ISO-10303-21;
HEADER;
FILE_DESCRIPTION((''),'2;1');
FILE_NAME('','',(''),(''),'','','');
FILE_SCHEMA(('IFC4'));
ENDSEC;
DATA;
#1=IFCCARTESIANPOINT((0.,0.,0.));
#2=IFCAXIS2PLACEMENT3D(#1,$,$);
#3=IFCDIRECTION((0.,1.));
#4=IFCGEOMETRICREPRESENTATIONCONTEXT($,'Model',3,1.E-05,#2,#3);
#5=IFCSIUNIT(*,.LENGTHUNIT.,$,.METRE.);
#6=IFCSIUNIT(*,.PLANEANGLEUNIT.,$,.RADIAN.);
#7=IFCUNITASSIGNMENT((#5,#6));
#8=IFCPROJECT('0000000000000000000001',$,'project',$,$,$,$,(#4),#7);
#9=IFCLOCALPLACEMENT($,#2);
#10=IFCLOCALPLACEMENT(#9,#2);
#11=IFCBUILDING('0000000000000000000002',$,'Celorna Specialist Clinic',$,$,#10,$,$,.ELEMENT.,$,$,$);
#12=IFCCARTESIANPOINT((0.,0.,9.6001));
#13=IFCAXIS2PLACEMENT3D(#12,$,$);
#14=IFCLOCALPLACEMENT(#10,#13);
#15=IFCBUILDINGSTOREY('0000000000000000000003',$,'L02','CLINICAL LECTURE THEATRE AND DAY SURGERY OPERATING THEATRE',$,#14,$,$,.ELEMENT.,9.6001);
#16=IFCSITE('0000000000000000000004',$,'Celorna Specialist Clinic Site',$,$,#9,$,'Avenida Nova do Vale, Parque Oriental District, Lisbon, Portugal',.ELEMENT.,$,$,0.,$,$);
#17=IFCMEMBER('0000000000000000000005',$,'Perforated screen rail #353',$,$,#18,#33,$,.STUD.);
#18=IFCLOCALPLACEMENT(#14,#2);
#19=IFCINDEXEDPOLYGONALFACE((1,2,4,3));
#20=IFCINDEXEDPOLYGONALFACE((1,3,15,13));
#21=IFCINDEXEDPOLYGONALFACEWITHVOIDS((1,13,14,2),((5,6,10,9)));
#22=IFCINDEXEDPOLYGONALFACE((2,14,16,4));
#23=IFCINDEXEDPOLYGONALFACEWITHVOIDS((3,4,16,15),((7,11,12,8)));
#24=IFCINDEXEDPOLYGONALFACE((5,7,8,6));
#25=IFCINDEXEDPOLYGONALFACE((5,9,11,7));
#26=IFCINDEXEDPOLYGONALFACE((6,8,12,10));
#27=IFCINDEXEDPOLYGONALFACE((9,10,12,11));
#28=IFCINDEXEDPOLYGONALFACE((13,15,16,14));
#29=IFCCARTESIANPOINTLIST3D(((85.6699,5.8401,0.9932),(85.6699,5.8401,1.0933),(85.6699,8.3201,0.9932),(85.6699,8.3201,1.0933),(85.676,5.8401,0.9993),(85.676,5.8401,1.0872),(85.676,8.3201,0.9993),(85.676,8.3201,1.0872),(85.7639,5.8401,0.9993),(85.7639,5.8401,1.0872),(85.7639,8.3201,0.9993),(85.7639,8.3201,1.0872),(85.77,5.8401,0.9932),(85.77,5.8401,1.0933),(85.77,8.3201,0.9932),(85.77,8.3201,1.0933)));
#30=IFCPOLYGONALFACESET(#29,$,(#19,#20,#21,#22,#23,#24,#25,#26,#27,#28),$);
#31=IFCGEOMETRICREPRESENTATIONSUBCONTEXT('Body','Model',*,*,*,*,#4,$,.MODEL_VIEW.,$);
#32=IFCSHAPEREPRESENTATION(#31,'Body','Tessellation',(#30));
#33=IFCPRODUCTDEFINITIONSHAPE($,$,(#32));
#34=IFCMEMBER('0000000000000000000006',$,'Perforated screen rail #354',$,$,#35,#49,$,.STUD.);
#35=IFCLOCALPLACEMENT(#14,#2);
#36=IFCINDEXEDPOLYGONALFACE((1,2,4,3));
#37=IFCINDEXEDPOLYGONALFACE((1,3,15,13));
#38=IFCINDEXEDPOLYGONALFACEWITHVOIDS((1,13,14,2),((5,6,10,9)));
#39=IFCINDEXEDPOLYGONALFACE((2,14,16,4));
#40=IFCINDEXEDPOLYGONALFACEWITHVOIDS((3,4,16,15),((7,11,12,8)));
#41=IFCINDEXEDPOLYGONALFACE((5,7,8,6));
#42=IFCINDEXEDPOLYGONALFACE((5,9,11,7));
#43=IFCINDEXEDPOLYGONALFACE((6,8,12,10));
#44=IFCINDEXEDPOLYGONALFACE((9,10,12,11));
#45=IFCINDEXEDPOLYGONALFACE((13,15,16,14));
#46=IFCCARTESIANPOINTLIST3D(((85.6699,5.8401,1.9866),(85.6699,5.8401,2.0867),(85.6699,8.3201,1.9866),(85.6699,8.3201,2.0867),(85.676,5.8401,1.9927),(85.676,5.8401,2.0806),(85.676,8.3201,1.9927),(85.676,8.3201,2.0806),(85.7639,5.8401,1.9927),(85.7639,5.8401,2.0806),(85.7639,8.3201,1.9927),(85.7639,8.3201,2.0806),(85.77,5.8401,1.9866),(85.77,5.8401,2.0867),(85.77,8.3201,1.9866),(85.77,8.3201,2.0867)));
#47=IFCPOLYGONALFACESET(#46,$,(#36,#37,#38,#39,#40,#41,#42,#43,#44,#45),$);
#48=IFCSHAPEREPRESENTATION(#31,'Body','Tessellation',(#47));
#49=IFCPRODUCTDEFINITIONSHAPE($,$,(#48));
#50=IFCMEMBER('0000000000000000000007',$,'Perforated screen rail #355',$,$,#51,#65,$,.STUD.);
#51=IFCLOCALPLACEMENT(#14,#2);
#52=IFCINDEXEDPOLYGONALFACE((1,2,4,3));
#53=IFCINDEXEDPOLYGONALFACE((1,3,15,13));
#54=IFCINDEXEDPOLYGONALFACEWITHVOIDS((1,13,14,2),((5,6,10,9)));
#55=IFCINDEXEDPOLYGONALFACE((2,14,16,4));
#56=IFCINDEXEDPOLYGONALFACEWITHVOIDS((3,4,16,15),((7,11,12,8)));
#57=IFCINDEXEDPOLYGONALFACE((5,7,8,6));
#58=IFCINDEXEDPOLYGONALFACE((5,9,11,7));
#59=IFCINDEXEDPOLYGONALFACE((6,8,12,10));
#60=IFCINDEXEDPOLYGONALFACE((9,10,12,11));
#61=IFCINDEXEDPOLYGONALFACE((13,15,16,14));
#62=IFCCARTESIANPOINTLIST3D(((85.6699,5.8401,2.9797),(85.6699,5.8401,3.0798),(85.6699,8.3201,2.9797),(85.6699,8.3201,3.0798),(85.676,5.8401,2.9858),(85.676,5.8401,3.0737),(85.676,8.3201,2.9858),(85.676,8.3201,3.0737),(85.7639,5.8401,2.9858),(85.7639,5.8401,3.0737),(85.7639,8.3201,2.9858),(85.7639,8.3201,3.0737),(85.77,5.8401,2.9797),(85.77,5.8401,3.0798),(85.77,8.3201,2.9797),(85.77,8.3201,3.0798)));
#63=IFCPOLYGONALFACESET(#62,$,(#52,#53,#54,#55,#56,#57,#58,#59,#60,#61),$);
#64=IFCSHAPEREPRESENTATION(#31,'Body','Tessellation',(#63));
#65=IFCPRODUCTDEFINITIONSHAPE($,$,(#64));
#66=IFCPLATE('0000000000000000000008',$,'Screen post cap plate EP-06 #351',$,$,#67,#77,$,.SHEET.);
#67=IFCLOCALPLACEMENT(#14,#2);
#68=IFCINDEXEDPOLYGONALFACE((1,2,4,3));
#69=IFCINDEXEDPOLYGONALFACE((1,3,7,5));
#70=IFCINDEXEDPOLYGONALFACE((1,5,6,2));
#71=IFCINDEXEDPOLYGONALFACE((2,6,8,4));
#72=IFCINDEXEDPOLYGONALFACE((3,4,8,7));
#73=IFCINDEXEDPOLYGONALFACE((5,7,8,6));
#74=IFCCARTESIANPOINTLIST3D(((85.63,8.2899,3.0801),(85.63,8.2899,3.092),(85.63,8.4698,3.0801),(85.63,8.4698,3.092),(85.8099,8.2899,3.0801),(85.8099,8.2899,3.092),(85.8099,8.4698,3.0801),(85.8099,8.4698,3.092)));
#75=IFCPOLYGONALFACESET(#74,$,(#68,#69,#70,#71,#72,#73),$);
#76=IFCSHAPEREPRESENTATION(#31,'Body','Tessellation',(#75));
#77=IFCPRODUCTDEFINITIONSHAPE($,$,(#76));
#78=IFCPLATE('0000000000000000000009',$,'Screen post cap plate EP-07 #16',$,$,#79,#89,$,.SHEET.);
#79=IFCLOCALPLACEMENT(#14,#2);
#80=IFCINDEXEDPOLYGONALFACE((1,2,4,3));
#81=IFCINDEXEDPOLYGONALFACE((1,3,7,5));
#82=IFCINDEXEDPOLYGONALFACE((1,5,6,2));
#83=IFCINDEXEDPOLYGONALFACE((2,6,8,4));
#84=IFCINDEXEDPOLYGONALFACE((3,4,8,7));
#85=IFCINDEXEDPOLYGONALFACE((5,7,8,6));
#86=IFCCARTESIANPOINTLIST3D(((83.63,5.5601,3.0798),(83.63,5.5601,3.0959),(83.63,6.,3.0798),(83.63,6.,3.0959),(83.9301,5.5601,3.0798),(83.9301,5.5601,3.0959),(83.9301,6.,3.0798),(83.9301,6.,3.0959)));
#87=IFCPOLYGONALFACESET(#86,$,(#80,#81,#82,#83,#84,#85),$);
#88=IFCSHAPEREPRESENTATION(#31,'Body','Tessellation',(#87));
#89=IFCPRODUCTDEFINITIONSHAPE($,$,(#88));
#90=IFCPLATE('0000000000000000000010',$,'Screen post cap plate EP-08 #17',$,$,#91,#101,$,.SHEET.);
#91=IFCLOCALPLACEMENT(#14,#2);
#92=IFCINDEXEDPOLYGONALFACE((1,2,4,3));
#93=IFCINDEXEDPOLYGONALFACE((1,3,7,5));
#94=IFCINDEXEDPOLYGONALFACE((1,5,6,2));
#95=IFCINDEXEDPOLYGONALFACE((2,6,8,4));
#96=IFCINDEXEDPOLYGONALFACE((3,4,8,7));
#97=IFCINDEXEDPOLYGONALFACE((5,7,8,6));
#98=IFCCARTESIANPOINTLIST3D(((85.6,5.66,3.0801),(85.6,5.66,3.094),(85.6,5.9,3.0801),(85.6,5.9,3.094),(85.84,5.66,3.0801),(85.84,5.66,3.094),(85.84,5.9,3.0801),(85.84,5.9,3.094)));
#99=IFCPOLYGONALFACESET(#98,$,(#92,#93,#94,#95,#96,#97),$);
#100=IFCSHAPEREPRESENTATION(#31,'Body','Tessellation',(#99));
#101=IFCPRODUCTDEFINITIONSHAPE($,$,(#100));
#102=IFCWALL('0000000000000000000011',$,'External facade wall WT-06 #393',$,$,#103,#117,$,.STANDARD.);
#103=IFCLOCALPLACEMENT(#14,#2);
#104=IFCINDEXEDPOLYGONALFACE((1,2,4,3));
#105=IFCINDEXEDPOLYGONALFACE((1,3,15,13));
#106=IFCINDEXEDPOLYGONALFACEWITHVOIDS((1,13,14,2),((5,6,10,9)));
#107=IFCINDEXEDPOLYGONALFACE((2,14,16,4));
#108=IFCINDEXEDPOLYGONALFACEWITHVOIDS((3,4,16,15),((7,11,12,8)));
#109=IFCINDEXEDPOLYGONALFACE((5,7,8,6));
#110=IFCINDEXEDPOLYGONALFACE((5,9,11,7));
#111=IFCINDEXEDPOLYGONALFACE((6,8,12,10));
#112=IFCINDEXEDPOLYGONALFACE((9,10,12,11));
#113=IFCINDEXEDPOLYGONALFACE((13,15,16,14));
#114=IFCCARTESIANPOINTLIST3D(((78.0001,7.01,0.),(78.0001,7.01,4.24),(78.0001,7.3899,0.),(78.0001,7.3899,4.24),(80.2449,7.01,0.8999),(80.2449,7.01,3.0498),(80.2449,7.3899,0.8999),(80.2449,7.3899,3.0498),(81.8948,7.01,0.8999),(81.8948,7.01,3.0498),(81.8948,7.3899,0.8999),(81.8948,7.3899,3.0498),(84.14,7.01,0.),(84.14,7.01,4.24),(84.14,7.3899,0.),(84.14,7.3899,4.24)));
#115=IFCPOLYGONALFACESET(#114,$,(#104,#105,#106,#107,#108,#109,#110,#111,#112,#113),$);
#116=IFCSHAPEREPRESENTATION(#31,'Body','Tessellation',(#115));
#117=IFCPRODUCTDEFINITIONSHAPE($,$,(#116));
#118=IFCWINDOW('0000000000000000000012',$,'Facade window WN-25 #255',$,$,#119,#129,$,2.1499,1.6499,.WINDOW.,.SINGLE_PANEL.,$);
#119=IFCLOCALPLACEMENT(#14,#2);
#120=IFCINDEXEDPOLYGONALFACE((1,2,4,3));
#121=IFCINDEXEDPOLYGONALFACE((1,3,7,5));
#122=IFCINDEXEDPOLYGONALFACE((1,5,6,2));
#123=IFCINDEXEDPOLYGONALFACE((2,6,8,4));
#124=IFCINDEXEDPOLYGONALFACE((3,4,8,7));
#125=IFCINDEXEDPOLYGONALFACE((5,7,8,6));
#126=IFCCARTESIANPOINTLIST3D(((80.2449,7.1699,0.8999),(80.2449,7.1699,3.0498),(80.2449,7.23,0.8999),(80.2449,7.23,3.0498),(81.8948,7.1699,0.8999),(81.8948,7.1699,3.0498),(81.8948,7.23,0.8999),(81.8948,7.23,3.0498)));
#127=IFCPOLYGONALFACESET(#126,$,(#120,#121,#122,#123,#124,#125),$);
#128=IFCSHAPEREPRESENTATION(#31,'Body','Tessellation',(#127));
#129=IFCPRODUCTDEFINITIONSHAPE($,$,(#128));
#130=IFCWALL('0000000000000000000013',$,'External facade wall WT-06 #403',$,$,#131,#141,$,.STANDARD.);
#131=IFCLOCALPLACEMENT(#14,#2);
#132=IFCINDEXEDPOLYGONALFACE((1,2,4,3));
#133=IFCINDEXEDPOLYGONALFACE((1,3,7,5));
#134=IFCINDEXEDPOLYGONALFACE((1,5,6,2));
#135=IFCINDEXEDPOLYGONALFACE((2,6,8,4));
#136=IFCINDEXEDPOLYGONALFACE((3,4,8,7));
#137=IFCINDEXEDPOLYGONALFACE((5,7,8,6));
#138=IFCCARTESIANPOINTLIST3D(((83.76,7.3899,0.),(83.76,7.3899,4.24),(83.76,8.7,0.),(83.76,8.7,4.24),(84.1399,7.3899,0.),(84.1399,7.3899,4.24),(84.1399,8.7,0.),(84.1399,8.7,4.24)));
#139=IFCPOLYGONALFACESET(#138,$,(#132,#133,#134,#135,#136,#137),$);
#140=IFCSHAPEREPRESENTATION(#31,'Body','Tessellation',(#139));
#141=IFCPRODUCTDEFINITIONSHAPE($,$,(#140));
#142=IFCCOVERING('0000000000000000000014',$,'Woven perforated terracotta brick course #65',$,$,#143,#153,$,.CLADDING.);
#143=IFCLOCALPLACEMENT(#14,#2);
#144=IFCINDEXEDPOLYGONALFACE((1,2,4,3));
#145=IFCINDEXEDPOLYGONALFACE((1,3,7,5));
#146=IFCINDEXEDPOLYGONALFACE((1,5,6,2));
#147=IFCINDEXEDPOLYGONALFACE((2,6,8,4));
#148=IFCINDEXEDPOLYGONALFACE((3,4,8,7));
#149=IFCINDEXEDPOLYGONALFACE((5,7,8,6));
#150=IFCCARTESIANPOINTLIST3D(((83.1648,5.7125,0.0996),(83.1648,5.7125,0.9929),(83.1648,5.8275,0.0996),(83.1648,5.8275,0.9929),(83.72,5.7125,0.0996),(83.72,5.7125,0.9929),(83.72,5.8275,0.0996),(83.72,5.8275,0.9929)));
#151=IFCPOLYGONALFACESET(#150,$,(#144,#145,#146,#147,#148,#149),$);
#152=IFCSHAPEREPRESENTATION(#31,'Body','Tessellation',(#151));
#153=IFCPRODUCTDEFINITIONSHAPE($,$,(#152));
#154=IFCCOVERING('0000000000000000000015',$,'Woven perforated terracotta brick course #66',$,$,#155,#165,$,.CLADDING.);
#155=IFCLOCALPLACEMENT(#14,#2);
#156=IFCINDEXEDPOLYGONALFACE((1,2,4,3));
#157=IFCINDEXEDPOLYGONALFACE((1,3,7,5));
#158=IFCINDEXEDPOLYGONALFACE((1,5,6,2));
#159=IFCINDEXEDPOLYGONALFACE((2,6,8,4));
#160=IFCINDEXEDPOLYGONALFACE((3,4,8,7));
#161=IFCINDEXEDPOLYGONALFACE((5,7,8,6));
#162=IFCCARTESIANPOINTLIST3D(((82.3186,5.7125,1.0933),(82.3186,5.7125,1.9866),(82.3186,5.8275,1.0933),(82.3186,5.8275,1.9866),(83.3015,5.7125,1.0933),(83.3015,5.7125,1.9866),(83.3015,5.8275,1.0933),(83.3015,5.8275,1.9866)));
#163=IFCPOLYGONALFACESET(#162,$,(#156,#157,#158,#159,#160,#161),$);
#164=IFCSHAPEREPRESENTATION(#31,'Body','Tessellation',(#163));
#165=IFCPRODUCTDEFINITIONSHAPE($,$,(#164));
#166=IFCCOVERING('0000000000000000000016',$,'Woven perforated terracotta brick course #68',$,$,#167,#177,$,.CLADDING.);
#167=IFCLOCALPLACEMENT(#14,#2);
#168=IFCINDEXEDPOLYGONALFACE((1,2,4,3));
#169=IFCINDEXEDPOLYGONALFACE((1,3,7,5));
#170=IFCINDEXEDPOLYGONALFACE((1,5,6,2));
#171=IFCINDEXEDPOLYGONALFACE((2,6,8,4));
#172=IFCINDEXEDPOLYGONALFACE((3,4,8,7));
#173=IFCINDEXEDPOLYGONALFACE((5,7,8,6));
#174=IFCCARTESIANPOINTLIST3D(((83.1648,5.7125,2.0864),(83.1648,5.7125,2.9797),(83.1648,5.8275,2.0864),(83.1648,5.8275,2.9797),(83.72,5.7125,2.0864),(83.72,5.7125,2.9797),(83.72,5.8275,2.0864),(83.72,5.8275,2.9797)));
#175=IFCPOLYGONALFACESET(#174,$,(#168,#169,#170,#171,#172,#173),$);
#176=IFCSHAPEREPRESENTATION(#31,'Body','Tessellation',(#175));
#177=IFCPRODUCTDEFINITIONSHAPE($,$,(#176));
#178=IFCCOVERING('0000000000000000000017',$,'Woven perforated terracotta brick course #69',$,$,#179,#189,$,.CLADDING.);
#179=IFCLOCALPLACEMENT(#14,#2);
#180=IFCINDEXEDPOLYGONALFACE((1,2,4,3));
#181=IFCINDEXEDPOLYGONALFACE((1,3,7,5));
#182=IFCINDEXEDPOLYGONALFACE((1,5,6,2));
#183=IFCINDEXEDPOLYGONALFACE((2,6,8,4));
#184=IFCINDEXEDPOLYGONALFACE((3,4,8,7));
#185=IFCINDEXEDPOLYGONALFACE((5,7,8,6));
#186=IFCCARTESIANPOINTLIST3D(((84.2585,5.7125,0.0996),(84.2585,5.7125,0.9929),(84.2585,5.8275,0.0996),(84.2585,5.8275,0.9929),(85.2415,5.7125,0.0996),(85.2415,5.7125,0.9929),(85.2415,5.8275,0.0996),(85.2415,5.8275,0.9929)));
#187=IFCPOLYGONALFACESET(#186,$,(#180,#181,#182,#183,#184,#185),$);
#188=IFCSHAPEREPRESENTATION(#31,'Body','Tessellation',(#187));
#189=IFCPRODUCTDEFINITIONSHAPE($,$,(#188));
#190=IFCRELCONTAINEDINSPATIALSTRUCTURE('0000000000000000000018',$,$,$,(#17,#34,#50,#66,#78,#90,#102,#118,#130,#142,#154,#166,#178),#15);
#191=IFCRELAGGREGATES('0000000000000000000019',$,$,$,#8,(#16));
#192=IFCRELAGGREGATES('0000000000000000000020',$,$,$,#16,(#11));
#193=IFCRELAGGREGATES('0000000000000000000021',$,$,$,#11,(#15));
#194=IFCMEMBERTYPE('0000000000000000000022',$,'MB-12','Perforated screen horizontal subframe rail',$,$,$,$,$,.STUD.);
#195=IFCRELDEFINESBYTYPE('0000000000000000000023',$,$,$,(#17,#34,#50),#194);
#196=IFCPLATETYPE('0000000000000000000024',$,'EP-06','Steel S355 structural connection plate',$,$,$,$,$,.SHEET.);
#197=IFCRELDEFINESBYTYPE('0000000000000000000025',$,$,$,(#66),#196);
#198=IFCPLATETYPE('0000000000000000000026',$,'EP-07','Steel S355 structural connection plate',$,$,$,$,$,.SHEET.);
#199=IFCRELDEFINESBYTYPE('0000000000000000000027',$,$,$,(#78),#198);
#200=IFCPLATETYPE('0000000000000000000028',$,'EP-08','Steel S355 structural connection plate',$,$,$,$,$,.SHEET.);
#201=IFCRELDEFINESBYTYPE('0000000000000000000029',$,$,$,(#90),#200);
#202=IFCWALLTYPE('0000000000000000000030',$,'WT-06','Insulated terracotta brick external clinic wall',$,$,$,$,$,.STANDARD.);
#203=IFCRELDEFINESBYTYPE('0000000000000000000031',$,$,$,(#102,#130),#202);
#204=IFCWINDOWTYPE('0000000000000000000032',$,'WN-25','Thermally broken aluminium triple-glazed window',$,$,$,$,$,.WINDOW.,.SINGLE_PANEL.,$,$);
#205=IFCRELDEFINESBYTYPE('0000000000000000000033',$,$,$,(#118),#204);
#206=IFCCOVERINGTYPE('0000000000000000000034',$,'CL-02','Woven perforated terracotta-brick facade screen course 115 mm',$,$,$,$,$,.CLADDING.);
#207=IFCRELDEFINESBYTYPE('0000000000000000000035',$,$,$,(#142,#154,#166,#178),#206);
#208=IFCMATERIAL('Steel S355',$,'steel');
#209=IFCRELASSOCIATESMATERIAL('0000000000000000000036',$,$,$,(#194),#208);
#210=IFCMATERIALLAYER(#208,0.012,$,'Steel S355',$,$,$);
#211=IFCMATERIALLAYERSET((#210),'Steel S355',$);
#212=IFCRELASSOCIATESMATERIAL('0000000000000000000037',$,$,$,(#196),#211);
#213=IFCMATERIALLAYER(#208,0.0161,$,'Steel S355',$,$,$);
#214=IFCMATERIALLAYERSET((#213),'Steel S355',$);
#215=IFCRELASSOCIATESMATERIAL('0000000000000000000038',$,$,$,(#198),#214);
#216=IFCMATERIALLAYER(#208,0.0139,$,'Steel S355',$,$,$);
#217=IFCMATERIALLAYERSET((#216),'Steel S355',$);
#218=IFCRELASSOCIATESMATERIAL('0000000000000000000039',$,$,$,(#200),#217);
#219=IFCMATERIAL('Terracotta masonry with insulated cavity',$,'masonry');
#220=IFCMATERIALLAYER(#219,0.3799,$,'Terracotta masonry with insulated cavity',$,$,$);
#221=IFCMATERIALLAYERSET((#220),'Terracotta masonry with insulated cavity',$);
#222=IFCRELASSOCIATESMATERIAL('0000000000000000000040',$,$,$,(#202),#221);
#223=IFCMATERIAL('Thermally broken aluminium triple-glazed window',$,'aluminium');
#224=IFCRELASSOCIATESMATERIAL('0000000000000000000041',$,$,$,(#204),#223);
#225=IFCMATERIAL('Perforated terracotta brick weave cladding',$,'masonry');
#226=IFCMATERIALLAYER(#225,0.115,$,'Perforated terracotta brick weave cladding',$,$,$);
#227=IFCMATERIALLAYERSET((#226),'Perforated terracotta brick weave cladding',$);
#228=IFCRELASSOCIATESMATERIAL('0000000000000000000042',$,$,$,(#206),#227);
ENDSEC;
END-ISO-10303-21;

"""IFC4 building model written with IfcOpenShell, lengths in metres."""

from ifc_helpers import new_model, si_unit, direction, frame, frame_2d, origin, origin_2d, place, context, subcontext, project, spatial, rectangle, hollow_rectangle, extrude, material, layer, layer_set, material_profile, profile_set, type_object, element, fill, save


model = new_model("IFC4")

# Units and contexts
model_context = context("Model", 3, precision=1e-05, world=origin(), true_north=direction((0.0, 1.0)))
body_context = subcontext(model_context, "Body", "Model", "MODEL_VIEW")
ifc_project = project(units=[si_unit("LENGTHUNIT", "METRE"), si_unit("PLANEANGLEUNIT", "RADIAN")], contexts=[model_context])

# Site, building, storey
site_placement = place(None, origin())
site = spatial("IfcSite", under=ifc_project, at=site_placement, Name="Celorna Specialist Clinic Site", LongName="Avenida Nova do Vale, Parque Oriental District, Lisbon, Portugal", CompositionType="ELEMENT", RefElevation=0.0)
building_placement = place(site_placement, origin())
building = spatial("IfcBuilding", under=site, at=building_placement, Name="Celorna Specialist Clinic", CompositionType="ELEMENT")
storey_placement = place(building_placement, frame((0.0, 0.0, 9.6001)))
storey = spatial("IfcBuildingStorey", under=building, at=storey_placement, Name="L02", Description="CLINICAL LECTURE THEATRE AND DAY SURGERY OPERATING THEATRE", CompositionType="ELEMENT", Elevation=9.6001)

# Shared definitions
ifc_material_1 = material(Name="Steel S355", Category="steel")

# Members
ifc_material_profile_1 = material_profile(ifc_material_1, hollow_rectangle(XDim=0.1001, YDim=0.1001, WallThickness=0.0061, at=origin_2d()), Name="SHS 100x100x6")
ifc_profile_set_1 = profile_set([ifc_material_profile_1], Name="Steel S355")
member_type_1 = type_object("IfcMemberType", Name="MB-12", Description="Perforated screen horizontal subframe rail", PredefinedType="STUD", material=ifc_profile_set_1)
for number, where, z_axis, x_axis, name in (
    (1, (85.72, 5.8401, 1.0432), (0.0, 1.0, 0.0), (-1.0, 0.0, 0.0), "Perforated screen rail #353"),
    (2, (85.72, 5.8401, 2.0366), (0.0, 1.0, 0.0), (-1.0, 0.0, 0.0), "Perforated screen rail #354"),
    (3, (85.72, 5.8401, 3.0298), (0.0, 1.0, 0.0), (-1.0, 0.0, 0.0), "Perforated screen rail #355"),
):
    element("IfcMember", number, at=place(storey_placement, frame(where, z_axis=z_axis, x_axis=x_axis)), inside=storey, type_object=member_type_1, Name=name, PredefinedType="STUD", context=body_context, shape_type="SweptSolid", body=[
        extrude(hollow_rectangle(XDim=0.1001, YDim=0.1001, WallThickness=0.0061, at=origin_2d()), origin(), (0.0, 0.0, 1.0), 2.48),
    ])

# Plates
ifc_layer_1 = layer(ifc_material_1, 0.012, Name="Steel S355")
ifc_layer_set_1 = layer_set([ifc_layer_1], Name="Steel S355")
plate_type_1 = type_object("IfcPlateType", Name="EP-06", Description="Steel S355 structural connection plate", PredefinedType="SHEET", material=ifc_layer_set_1)
plate_1_placement = place(storey_placement, frame((85.72, 8.3799, 3.0801), z_axis=(0.0, 0.0, 1.0), x_axis=(0.0, 1.0, 0.0)))
element("IfcPlate", 4, at=plate_1_placement, inside=storey, type_object=plate_type_1, Name="Screen post cap plate EP-06 #351", PredefinedType="SHEET", context=body_context, shape_type="SweptSolid", body=[
    extrude(rectangle(XDim=0.1799, YDim=0.1799, at=origin_2d()), origin(), (0.0, 0.0, 1.0), 0.012),
])
ifc_layer_2 = layer(ifc_material_1, 0.0161, Name="Steel S355")
ifc_layer_set_2 = layer_set([ifc_layer_2], Name="Steel S355")
plate_type_2 = type_object("IfcPlateType", Name="EP-07", Description="Steel S355 structural connection plate", PredefinedType="SHEET", material=ifc_layer_set_2)
plate_2_placement = place(storey_placement, frame((83.78, 5.78, 3.0798), z_axis=(0.0, 0.0, 1.0), x_axis=(1.0, 0.0, 0.0)))
element("IfcPlate", 5, at=plate_2_placement, inside=storey, type_object=plate_type_2, Name="Screen post cap plate EP-07 #16", PredefinedType="SHEET", context=body_context, shape_type="SweptSolid", body=[
    extrude(rectangle(XDim=0.3, YDim=0.4399, at=origin_2d()), origin(), (0.0, 0.0, 1.0), 0.0161),
])
ifc_layer_3 = layer(ifc_material_1, 0.0139, Name="Steel S355")
ifc_layer_set_3 = layer_set([ifc_layer_3], Name="Steel S355")
plate_type_3 = type_object("IfcPlateType", Name="EP-08", Description="Steel S355 structural connection plate", PredefinedType="SHEET", material=ifc_layer_set_3)
plate_3_placement = place(storey_placement, frame((85.72, 5.78, 3.0801), z_axis=(0.0, 0.0, 1.0), x_axis=(1.0, 0.0, 0.0)))
element("IfcPlate", 6, at=plate_3_placement, inside=storey, type_object=plate_type_3, Name="Screen post cap plate EP-08 #17", PredefinedType="SHEET", context=body_context, shape_type="SweptSolid", body=[
    extrude(rectangle(XDim=0.24, YDim=0.24, at=origin_2d()), origin(), (0.0, 0.0, 1.0), 0.0139),
])

# Wall, opening, window
ifc_material_2 = material(Name="Terracotta masonry with insulated cavity", Category="masonry")
ifc_layer_4 = layer(ifc_material_2, 0.3799, Name="Terracotta masonry with insulated cavity")
ifc_layer_set_4 = layer_set([ifc_layer_4], Name="Terracotta masonry with insulated cavity")
wall_type = type_object("IfcWallType", Name="WT-06", Description="Insulated terracotta brick external clinic wall", PredefinedType="STANDARD", material=ifc_layer_set_4)
wall_1_placement = place(storey_placement, frame((84.1399, 7.2, 0.0), z_axis=(0.0, 0.0, 1.0), x_axis=(-1.0, 0.0, 0.0)))
wall_1 = element("IfcWall", 7, at=wall_1_placement, inside=storey, type_object=wall_type, Name="External facade wall WT-06 #393", PredefinedType="STANDARD", context=body_context, shape_type="SweptSolid", body=[
    extrude(rectangle(XDim=6.1399, YDim=0.3799, at=frame_2d((3.0698, 0.0))), origin(), (0.0, 0.0, 1.0), 4.24),
])
opening_placement = place(wall_1_placement, frame((2.2451, 0.0, 0.8999)))
opening = element("IfcOpeningElement", 8, at=opening_placement, cuts=wall_1, PredefinedType="OPENING", context=body_context, shape_type="SweptSolid", body=[
    extrude(rectangle(XDim=1.6499, YDim=2.1499, at=frame_2d((0.825, 1.075))), frame((0.0, 0.2, 0.0), z_axis=(0.0, -1.0, 0.0), x_axis=(1.0, 0.0, 0.0)), (0.0, 0.0, 1.0), 0.3999),
])
ifc_material_3 = material(Name="Thermally broken aluminium triple-glazed window", Category="aluminium")
window_type = type_object("IfcWindowType", Name="WN-25", Description="Thermally broken aluminium triple-glazed window", PartitioningType="SINGLE_PANEL", PredefinedType="WINDOW", material=ifc_material_3)
window_placement = place(opening_placement, origin())
window = element("IfcWindow", 9, at=window_placement, inside=storey, type_object=window_type, Name="Facade window WN-25 #255", OverallHeight=2.1499, OverallWidth=1.6499, PartitioningType="SINGLE_PANEL", PredefinedType="WINDOW", context=body_context, shape_type="SweptSolid", body=[
    extrude(rectangle(XDim=1.6499, YDim=2.1499, at=frame_2d((0.825, 1.075))), frame((0.0, 0.03, 0.0), z_axis=(0.0, -1.0, 0.0), x_axis=(1.0, 0.0, 0.0)), (0.0, 0.0, 1.0), 0.0601),
])
fill(opening, window)

# Wall
wall_2_placement = place(storey_placement, frame((83.95, 8.7, 0.0), z_axis=(0.0, 0.0, 1.0), x_axis=(0.0, -1.0, 0.0)))
element("IfcWall", 10, at=wall_2_placement, inside=storey, type_object=wall_type, Name="External facade wall WT-06 #403", PredefinedType="STANDARD", context=body_context, shape_type="SweptSolid", body=[
    extrude(rectangle(XDim=1.3101, YDim=0.3799, at=frame_2d((0.655, 0.0))), origin(), (0.0, 0.0, 1.0), 4.24),
])

# Coverings
ifc_material_4 = material(Name="Perforated terracotta brick weave cladding", Category="masonry")
ifc_layer_5 = layer(ifc_material_4, 0.115, Name="Perforated terracotta brick weave cladding")
ifc_layer_set_5 = layer_set([ifc_layer_5], Name="Perforated terracotta brick weave cladding")
covering_type = type_object("IfcCoveringType", Name="CL-02", Description="Woven perforated terracotta-brick facade screen course 115 mm", PredefinedType="CLADDING", material=ifc_layer_set_5)
covering_1_placement = place(storey_placement, frame((83.4424, 5.77, 0.0996), z_axis=(0.0, 0.0, 1.0), x_axis=(1.0, 0.0, 0.0)))
element("IfcCovering", 11, at=covering_1_placement, inside=storey, type_object=covering_type, Name="Woven perforated terracotta brick course #65", PredefinedType="CLADDING", context=body_context, shape_type="SweptSolid", body=[
    extrude(rectangle(XDim=0.5552, YDim=0.115, at=origin_2d()), origin(), (0.0, 0.0, 1.0), 0.8933),
])
covering_2_placement = place(storey_placement, frame((82.8101, 5.77, 1.0933), z_axis=(0.0, 0.0, 1.0), x_axis=(1.0, 0.0, 0.0)))
element("IfcCovering", 12, at=covering_2_placement, inside=storey, type_object=covering_type, Name="Woven perforated terracotta brick course #66", PredefinedType="CLADDING", context=body_context, shape_type="SweptSolid", body=[
    extrude(rectangle(XDim=0.9829, YDim=0.115, at=origin_2d()), origin(), (0.0, 0.0, 1.0), 0.8933),
])
covering_3_placement = place(storey_placement, frame((83.4424, 5.77, 2.0864), z_axis=(0.0, 0.0, 1.0), x_axis=(1.0, 0.0, 0.0)))
element("IfcCovering", 13, at=covering_3_placement, inside=storey, type_object=covering_type, Name="Woven perforated terracotta brick course #68", PredefinedType="CLADDING", context=body_context, shape_type="SweptSolid", body=[
    extrude(rectangle(XDim=0.5552, YDim=0.115, at=origin_2d()), origin(), (0.0, 0.0, 1.0), 0.8933),
])
covering_4_placement = place(storey_placement, frame((84.75, 5.77, 0.0996), z_axis=(0.0, 0.0, 1.0), x_axis=(1.0, 0.0, 0.0)))
element("IfcCovering", 14, at=covering_4_placement, inside=storey, type_object=covering_type, Name="Woven perforated terracotta brick course #69", PredefinedType="CLADDING", context=body_context, shape_type="SweptSolid", body=[
    extrude(rectangle(XDim=0.9829, YDim=0.115, at=origin_2d()), origin(), (0.0, 0.0, 1.0), 0.8933),
])

save(model, "model.ifc")
